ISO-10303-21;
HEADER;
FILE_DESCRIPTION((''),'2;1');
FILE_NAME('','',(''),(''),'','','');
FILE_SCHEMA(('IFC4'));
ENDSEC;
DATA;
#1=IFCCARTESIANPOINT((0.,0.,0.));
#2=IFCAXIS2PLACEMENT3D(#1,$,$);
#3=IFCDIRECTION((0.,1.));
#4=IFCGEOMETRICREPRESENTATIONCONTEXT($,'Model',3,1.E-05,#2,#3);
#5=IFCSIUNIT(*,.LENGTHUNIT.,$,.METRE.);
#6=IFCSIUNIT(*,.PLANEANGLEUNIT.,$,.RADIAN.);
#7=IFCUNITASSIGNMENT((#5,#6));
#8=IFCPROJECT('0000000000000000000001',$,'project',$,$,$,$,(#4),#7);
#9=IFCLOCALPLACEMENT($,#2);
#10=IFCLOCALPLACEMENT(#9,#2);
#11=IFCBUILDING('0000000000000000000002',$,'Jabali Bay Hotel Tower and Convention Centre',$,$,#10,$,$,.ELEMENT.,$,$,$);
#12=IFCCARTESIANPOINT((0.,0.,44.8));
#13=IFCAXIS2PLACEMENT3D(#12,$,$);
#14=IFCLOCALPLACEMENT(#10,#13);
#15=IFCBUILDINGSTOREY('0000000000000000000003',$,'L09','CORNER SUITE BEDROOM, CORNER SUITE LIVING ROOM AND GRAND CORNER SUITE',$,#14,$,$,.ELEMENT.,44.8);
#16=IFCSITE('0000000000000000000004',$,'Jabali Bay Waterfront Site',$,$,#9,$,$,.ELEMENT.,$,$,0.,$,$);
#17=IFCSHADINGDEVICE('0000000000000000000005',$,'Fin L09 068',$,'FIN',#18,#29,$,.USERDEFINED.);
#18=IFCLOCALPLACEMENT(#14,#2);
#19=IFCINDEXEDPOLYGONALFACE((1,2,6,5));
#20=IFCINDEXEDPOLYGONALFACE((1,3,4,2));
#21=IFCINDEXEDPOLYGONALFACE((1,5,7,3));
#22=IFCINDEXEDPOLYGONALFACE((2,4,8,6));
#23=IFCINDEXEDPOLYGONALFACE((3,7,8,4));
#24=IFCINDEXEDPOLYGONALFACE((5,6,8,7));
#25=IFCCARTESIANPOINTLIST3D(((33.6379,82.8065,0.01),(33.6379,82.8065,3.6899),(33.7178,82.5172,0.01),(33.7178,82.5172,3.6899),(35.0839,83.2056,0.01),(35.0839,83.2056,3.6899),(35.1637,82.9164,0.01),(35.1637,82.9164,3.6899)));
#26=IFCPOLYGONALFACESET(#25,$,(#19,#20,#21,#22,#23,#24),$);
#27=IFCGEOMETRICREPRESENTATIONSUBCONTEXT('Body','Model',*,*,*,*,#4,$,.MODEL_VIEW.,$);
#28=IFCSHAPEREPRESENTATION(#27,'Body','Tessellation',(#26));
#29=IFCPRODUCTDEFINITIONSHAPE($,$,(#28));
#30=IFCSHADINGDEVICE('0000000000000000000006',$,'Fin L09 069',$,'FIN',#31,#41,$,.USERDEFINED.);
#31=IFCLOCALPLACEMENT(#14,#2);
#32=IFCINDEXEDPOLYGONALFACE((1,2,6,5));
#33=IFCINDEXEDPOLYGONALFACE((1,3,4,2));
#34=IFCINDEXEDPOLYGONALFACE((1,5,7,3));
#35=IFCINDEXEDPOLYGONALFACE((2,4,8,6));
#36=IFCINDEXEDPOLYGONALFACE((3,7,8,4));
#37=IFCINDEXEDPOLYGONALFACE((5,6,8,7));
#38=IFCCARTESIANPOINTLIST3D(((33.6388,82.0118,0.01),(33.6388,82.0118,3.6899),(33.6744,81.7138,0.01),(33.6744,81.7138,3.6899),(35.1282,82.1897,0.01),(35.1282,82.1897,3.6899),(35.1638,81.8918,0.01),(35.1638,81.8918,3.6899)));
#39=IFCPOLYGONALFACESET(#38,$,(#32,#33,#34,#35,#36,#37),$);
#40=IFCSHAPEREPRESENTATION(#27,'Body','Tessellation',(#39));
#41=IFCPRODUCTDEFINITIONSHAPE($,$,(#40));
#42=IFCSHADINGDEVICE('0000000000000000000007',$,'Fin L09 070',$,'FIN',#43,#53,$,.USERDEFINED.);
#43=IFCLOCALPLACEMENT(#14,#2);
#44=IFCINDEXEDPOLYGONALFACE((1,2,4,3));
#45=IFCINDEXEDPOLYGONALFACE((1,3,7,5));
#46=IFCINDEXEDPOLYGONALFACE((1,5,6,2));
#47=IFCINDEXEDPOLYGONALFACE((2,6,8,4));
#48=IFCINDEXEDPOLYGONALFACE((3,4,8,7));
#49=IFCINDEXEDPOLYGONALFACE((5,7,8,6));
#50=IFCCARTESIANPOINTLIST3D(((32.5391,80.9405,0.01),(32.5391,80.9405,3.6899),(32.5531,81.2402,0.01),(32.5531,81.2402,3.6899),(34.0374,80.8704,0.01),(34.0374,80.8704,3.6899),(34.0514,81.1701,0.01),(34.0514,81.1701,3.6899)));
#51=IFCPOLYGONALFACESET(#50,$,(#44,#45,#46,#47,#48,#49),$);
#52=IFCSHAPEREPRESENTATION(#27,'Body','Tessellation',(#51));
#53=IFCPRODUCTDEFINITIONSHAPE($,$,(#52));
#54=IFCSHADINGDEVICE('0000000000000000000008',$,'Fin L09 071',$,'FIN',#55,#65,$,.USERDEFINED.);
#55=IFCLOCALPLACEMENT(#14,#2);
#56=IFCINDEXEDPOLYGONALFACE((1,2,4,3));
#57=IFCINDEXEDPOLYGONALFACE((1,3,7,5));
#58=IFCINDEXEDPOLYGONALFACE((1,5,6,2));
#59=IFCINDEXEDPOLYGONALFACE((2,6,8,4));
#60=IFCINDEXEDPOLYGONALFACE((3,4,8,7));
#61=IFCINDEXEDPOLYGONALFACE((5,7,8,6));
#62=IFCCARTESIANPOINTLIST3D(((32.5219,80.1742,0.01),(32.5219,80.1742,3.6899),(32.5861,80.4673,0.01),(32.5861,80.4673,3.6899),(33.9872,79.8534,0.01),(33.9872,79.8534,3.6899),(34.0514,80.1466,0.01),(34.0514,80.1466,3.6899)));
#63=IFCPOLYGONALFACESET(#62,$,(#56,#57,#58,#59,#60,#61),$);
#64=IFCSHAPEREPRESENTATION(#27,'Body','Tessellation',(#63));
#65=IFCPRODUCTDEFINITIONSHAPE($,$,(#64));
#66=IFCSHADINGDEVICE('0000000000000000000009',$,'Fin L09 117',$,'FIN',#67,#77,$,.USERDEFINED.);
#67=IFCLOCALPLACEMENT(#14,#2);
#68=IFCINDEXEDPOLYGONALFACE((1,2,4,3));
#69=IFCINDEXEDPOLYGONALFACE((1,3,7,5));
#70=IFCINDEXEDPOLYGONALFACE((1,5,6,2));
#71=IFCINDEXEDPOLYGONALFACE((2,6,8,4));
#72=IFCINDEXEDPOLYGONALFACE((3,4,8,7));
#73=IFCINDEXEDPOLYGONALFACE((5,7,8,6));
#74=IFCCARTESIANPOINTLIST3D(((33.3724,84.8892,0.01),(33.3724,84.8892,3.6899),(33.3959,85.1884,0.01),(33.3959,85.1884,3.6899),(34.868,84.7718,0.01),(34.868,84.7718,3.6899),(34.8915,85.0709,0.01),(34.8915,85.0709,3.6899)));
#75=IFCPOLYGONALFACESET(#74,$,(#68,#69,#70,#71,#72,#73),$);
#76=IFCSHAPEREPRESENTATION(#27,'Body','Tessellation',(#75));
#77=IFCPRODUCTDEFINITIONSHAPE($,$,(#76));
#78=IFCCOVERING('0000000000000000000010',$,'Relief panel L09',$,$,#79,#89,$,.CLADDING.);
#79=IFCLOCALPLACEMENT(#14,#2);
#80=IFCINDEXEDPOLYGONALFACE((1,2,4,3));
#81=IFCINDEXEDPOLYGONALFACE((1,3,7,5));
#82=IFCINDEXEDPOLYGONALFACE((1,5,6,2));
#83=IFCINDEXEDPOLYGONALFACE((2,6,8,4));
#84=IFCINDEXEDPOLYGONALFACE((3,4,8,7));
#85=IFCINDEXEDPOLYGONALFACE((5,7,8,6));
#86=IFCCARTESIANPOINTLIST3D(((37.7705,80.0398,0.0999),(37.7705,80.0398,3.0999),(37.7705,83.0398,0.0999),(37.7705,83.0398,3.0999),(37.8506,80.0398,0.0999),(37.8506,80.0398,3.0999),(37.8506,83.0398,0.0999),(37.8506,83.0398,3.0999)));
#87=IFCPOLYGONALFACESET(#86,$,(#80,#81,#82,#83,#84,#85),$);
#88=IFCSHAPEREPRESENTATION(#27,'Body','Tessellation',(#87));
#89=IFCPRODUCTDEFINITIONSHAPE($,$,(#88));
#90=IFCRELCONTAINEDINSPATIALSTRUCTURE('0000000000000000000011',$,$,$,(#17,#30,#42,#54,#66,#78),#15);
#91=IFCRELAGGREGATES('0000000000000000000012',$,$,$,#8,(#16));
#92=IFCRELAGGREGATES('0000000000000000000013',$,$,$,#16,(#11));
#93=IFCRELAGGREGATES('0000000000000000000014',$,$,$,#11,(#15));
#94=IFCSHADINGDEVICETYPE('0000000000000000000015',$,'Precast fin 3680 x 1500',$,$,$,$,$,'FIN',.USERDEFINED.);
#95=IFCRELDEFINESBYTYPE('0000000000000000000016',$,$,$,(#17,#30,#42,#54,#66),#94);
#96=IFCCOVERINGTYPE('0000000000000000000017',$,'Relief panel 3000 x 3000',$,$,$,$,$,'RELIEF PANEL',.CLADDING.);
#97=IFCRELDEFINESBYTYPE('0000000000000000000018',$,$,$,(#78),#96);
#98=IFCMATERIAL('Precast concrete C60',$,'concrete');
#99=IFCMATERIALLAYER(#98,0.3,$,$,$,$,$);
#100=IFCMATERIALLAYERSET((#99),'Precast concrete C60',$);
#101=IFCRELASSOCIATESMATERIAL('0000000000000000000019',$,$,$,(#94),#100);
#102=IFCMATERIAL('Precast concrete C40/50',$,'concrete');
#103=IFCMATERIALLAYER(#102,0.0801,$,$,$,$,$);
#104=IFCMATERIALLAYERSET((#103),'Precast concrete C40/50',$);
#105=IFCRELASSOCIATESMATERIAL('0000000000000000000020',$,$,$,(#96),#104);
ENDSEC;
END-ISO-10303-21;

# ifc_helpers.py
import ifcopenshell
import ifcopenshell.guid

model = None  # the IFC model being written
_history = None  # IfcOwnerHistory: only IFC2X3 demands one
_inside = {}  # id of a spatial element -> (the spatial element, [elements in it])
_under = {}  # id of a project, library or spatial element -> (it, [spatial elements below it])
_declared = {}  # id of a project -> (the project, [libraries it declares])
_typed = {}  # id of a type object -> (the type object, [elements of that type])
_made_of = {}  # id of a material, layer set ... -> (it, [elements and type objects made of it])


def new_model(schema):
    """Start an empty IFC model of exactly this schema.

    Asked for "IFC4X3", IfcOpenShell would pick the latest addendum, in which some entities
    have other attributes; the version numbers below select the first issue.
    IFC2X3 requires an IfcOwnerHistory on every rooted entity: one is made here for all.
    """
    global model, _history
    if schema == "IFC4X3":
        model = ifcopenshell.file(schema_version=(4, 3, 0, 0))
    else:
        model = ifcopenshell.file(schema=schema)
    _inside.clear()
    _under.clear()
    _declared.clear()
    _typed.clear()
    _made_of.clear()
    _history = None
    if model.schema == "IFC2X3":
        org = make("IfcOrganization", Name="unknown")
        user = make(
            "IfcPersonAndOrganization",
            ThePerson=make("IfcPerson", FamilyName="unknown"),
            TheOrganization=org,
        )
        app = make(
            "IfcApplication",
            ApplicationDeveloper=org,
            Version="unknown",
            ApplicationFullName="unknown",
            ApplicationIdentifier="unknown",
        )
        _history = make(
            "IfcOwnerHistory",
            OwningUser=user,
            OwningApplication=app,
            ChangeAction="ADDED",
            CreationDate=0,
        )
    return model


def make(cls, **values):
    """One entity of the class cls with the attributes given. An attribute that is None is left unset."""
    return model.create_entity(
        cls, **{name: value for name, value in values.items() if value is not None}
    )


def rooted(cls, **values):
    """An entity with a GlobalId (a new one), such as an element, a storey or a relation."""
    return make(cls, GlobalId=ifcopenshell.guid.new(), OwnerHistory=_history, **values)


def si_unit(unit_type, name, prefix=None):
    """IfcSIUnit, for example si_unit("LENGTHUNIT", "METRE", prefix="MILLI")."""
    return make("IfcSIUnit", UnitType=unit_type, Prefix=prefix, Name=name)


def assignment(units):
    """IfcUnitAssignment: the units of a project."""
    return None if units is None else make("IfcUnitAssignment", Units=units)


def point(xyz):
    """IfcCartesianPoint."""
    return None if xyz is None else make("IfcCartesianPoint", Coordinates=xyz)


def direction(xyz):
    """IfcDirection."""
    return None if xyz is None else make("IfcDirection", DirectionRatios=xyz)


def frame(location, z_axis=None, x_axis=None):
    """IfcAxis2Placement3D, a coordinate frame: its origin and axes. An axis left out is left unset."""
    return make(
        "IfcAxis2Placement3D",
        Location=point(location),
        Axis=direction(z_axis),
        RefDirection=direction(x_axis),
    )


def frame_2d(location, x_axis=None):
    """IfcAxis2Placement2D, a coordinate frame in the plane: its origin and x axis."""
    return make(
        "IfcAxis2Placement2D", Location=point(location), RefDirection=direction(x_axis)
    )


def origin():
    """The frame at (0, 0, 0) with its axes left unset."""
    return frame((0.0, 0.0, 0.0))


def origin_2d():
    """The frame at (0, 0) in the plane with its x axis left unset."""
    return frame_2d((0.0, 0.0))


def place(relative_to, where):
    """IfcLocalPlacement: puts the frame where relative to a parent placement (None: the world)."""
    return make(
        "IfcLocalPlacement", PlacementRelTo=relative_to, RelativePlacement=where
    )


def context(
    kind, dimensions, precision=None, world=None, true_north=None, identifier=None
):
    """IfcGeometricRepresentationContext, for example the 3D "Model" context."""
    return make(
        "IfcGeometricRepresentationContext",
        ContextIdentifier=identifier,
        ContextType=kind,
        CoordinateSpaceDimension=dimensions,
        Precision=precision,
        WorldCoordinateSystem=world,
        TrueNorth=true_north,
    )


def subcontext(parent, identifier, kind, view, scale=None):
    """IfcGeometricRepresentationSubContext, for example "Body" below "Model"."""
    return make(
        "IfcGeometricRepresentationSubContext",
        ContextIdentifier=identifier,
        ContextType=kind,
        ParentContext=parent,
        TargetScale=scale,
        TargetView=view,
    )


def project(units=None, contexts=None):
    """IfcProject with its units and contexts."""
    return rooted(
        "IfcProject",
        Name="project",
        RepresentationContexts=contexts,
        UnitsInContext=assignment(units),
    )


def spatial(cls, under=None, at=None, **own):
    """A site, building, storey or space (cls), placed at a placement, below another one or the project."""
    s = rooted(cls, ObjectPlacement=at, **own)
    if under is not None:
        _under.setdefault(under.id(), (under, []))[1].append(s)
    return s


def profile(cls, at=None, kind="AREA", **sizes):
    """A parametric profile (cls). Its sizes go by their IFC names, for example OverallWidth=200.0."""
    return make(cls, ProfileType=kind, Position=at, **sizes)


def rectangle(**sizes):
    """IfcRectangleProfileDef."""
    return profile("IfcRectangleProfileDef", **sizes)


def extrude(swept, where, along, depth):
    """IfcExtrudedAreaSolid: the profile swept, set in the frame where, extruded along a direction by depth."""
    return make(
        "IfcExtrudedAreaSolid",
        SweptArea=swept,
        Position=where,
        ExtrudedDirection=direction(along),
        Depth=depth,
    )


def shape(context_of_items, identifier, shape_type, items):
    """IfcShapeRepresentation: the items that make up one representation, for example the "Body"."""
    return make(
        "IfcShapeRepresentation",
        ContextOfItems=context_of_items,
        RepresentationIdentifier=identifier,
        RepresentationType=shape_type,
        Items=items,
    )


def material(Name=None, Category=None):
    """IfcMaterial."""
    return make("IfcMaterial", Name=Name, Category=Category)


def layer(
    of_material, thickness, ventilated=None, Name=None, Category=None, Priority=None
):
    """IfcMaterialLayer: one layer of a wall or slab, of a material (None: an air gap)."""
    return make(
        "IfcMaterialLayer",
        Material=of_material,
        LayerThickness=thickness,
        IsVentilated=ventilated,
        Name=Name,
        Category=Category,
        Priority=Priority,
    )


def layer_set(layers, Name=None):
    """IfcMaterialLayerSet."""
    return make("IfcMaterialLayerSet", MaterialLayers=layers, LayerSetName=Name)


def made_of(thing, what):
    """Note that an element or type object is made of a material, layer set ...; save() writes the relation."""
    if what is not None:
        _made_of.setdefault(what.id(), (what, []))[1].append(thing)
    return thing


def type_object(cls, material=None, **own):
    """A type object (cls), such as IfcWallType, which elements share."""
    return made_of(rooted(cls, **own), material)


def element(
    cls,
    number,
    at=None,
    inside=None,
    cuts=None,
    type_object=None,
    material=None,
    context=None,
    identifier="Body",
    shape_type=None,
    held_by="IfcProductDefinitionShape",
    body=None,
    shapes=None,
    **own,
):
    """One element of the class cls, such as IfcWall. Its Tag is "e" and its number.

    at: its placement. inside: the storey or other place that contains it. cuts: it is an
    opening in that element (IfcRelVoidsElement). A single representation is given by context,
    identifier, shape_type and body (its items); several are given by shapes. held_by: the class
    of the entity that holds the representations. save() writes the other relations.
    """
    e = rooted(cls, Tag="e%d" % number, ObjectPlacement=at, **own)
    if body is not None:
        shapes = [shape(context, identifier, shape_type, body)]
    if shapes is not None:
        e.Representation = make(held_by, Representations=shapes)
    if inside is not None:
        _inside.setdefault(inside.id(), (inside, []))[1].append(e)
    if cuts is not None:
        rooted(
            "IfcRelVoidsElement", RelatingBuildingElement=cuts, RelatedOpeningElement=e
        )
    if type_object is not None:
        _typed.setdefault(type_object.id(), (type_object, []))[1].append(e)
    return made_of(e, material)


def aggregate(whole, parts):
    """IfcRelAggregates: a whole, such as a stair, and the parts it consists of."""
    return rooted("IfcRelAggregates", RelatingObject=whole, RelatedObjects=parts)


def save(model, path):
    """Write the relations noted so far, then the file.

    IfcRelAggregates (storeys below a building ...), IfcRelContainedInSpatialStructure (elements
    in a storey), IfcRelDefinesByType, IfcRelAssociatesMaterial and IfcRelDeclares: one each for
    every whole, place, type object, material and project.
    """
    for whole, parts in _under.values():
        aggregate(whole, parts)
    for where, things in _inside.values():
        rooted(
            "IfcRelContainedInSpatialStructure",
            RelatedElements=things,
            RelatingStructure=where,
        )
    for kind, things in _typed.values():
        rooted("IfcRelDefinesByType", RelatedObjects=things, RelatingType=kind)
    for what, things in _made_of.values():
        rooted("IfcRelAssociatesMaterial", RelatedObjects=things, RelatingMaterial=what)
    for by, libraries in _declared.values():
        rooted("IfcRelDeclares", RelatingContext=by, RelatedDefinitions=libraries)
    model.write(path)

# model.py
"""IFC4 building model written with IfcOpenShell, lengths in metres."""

from ifc_helpers import new_model, si_unit, direction, frame, frame_2d, origin, origin_2d, place, context, subcontext, project, spatial, rectangle, extrude, material, layer, layer_set, type_object, element, save


model = new_model("IFC4")

# Units and contexts
model_context = context("Model", 3, precision=1e-05, world=origin(), true_north=direction((0.0, 1.0)))
body_context = subcontext(model_context, "Body", "Model", "MODEL_VIEW")
ifc_project = project(units=[si_unit("LENGTHUNIT", "METRE"), si_unit("PLANEANGLEUNIT", "RADIAN")], contexts=[model_context])

# Site, building, storey
site_placement = place(None, origin())
site = spatial("IfcSite", under=ifc_project, at=site_placement, Name="Jabali Bay Waterfront Site", CompositionType="ELEMENT", RefElevation=0.0)
building_placement = place(site_placement, origin())
building = spatial("IfcBuilding", under=site, at=building_placement, Name="Jabali Bay Hotel Tower and Convention Centre", CompositionType="ELEMENT")
storey_placement = place(building_placement, frame((0.0, 0.0, 44.8)))
storey = spatial("IfcBuildingStorey", under=building, at=storey_placement, Name="L09", Description="CORNER SUITE BEDROOM, CORNER SUITE LIVING ROOM AND GRAND CORNER SUITE", CompositionType="ELEMENT", Elevation=44.8)

# Shading devices
ifc_material_1 = material(Name="Precast concrete C60", Category="concrete")
ifc_layer_1 = layer(ifc_material_1, 0.3)
ifc_layer_set_1 = layer_set([ifc_layer_1], Name="Precast concrete C60")
shading_device_type = type_object("IfcShadingDeviceType", Name="Precast fin 3680 x 1500", ElementType="FIN", PredefinedType="USERDEFINED", material=ifc_layer_set_1)
for number, where, z_axis, x_axis, name in (
    (1, (35.1238, 83.061, 0.01), (0.0, 0.0, 1.0), (-0.963936, -0.266132, 0.0), "Fin L09 068"),
    (2, (35.146, 82.0408, 0.01), (0.0, 0.0, 1.0), (-0.992937, -0.118645, 0.0), "Fin L09 069"),
    (3, (34.0444, 81.0203, 0.01), (0.0, 0.0, 1.0), (-0.998908, 0.046714, 0.0), "Fin L09 070"),
    (4, (34.0193, 80.0, 0.01), (0.0, 0.0, 1.0), (-0.976864, 0.213862, 0.0), "Fin L09 071"),
):
    element("IfcShadingDevice", number, at=place(storey_placement, frame(where, z_axis=z_axis, x_axis=x_axis)), inside=storey, type_object=shading_device_type, Name=name, ObjectType="FIN", PredefinedType="USERDEFINED", context=body_context, shape_type="SweptSolid", body=[
        extrude(rectangle(XDim=1.5, YDim=0.3, at=frame_2d((0.75, 0.0))), origin(), (0.0, 0.0, 1.0), 3.6799),
    ])
shading_device_1_placement = place(storey_placement, frame((34.8796, 84.9214, 0.01), z_axis=(0.0, 0.0, 1.0), x_axis=(-0.996932, 0.078277, 0.0)))
element("IfcShadingDevice", 5, at=shading_device_1_placement, inside=storey, type_object=shading_device_type, Name="Fin L09 117", ObjectType="FIN", PredefinedType="USERDEFINED", context=body_context, shape_type="SweptSolid", body=[
    extrude(rectangle(XDim=1.5002, YDim=0.3, at=frame_2d((0.75, 0.0))), origin(), (0.0, 0.0, 1.0), 3.6799),
])

# Covering
ifc_material_2 = material(Name="Precast concrete C40/50", Category="concrete")
ifc_layer_2 = layer(ifc_material_2, 0.0801)
ifc_layer_set_2 = layer_set([ifc_layer_2], Name="Precast concrete C40/50")
covering_type = type_object("IfcCoveringType", Name="Relief panel 3000 x 3000", ElementType="RELIEF PANEL", PredefinedType="CLADDING", material=ifc_layer_set_2)
covering_placement = place(storey_placement, frame((37.8105, 81.5398, 0.0999), z_axis=(0.0, 0.0, 1.0), x_axis=(0.0, 1.0, 0.0)))
element("IfcCovering", 6, at=covering_placement, inside=storey, type_object=covering_type, Name="Relief panel L09", PredefinedType="CLADDING", context=body_context, shape_type="SweptSolid", body=[
    extrude(rectangle(XDim=3.0, YDim=0.0801, at=origin_2d()), origin(), (0.0, 0.0, 1.0), 3.0),
])

save(model, "model.ifc")
